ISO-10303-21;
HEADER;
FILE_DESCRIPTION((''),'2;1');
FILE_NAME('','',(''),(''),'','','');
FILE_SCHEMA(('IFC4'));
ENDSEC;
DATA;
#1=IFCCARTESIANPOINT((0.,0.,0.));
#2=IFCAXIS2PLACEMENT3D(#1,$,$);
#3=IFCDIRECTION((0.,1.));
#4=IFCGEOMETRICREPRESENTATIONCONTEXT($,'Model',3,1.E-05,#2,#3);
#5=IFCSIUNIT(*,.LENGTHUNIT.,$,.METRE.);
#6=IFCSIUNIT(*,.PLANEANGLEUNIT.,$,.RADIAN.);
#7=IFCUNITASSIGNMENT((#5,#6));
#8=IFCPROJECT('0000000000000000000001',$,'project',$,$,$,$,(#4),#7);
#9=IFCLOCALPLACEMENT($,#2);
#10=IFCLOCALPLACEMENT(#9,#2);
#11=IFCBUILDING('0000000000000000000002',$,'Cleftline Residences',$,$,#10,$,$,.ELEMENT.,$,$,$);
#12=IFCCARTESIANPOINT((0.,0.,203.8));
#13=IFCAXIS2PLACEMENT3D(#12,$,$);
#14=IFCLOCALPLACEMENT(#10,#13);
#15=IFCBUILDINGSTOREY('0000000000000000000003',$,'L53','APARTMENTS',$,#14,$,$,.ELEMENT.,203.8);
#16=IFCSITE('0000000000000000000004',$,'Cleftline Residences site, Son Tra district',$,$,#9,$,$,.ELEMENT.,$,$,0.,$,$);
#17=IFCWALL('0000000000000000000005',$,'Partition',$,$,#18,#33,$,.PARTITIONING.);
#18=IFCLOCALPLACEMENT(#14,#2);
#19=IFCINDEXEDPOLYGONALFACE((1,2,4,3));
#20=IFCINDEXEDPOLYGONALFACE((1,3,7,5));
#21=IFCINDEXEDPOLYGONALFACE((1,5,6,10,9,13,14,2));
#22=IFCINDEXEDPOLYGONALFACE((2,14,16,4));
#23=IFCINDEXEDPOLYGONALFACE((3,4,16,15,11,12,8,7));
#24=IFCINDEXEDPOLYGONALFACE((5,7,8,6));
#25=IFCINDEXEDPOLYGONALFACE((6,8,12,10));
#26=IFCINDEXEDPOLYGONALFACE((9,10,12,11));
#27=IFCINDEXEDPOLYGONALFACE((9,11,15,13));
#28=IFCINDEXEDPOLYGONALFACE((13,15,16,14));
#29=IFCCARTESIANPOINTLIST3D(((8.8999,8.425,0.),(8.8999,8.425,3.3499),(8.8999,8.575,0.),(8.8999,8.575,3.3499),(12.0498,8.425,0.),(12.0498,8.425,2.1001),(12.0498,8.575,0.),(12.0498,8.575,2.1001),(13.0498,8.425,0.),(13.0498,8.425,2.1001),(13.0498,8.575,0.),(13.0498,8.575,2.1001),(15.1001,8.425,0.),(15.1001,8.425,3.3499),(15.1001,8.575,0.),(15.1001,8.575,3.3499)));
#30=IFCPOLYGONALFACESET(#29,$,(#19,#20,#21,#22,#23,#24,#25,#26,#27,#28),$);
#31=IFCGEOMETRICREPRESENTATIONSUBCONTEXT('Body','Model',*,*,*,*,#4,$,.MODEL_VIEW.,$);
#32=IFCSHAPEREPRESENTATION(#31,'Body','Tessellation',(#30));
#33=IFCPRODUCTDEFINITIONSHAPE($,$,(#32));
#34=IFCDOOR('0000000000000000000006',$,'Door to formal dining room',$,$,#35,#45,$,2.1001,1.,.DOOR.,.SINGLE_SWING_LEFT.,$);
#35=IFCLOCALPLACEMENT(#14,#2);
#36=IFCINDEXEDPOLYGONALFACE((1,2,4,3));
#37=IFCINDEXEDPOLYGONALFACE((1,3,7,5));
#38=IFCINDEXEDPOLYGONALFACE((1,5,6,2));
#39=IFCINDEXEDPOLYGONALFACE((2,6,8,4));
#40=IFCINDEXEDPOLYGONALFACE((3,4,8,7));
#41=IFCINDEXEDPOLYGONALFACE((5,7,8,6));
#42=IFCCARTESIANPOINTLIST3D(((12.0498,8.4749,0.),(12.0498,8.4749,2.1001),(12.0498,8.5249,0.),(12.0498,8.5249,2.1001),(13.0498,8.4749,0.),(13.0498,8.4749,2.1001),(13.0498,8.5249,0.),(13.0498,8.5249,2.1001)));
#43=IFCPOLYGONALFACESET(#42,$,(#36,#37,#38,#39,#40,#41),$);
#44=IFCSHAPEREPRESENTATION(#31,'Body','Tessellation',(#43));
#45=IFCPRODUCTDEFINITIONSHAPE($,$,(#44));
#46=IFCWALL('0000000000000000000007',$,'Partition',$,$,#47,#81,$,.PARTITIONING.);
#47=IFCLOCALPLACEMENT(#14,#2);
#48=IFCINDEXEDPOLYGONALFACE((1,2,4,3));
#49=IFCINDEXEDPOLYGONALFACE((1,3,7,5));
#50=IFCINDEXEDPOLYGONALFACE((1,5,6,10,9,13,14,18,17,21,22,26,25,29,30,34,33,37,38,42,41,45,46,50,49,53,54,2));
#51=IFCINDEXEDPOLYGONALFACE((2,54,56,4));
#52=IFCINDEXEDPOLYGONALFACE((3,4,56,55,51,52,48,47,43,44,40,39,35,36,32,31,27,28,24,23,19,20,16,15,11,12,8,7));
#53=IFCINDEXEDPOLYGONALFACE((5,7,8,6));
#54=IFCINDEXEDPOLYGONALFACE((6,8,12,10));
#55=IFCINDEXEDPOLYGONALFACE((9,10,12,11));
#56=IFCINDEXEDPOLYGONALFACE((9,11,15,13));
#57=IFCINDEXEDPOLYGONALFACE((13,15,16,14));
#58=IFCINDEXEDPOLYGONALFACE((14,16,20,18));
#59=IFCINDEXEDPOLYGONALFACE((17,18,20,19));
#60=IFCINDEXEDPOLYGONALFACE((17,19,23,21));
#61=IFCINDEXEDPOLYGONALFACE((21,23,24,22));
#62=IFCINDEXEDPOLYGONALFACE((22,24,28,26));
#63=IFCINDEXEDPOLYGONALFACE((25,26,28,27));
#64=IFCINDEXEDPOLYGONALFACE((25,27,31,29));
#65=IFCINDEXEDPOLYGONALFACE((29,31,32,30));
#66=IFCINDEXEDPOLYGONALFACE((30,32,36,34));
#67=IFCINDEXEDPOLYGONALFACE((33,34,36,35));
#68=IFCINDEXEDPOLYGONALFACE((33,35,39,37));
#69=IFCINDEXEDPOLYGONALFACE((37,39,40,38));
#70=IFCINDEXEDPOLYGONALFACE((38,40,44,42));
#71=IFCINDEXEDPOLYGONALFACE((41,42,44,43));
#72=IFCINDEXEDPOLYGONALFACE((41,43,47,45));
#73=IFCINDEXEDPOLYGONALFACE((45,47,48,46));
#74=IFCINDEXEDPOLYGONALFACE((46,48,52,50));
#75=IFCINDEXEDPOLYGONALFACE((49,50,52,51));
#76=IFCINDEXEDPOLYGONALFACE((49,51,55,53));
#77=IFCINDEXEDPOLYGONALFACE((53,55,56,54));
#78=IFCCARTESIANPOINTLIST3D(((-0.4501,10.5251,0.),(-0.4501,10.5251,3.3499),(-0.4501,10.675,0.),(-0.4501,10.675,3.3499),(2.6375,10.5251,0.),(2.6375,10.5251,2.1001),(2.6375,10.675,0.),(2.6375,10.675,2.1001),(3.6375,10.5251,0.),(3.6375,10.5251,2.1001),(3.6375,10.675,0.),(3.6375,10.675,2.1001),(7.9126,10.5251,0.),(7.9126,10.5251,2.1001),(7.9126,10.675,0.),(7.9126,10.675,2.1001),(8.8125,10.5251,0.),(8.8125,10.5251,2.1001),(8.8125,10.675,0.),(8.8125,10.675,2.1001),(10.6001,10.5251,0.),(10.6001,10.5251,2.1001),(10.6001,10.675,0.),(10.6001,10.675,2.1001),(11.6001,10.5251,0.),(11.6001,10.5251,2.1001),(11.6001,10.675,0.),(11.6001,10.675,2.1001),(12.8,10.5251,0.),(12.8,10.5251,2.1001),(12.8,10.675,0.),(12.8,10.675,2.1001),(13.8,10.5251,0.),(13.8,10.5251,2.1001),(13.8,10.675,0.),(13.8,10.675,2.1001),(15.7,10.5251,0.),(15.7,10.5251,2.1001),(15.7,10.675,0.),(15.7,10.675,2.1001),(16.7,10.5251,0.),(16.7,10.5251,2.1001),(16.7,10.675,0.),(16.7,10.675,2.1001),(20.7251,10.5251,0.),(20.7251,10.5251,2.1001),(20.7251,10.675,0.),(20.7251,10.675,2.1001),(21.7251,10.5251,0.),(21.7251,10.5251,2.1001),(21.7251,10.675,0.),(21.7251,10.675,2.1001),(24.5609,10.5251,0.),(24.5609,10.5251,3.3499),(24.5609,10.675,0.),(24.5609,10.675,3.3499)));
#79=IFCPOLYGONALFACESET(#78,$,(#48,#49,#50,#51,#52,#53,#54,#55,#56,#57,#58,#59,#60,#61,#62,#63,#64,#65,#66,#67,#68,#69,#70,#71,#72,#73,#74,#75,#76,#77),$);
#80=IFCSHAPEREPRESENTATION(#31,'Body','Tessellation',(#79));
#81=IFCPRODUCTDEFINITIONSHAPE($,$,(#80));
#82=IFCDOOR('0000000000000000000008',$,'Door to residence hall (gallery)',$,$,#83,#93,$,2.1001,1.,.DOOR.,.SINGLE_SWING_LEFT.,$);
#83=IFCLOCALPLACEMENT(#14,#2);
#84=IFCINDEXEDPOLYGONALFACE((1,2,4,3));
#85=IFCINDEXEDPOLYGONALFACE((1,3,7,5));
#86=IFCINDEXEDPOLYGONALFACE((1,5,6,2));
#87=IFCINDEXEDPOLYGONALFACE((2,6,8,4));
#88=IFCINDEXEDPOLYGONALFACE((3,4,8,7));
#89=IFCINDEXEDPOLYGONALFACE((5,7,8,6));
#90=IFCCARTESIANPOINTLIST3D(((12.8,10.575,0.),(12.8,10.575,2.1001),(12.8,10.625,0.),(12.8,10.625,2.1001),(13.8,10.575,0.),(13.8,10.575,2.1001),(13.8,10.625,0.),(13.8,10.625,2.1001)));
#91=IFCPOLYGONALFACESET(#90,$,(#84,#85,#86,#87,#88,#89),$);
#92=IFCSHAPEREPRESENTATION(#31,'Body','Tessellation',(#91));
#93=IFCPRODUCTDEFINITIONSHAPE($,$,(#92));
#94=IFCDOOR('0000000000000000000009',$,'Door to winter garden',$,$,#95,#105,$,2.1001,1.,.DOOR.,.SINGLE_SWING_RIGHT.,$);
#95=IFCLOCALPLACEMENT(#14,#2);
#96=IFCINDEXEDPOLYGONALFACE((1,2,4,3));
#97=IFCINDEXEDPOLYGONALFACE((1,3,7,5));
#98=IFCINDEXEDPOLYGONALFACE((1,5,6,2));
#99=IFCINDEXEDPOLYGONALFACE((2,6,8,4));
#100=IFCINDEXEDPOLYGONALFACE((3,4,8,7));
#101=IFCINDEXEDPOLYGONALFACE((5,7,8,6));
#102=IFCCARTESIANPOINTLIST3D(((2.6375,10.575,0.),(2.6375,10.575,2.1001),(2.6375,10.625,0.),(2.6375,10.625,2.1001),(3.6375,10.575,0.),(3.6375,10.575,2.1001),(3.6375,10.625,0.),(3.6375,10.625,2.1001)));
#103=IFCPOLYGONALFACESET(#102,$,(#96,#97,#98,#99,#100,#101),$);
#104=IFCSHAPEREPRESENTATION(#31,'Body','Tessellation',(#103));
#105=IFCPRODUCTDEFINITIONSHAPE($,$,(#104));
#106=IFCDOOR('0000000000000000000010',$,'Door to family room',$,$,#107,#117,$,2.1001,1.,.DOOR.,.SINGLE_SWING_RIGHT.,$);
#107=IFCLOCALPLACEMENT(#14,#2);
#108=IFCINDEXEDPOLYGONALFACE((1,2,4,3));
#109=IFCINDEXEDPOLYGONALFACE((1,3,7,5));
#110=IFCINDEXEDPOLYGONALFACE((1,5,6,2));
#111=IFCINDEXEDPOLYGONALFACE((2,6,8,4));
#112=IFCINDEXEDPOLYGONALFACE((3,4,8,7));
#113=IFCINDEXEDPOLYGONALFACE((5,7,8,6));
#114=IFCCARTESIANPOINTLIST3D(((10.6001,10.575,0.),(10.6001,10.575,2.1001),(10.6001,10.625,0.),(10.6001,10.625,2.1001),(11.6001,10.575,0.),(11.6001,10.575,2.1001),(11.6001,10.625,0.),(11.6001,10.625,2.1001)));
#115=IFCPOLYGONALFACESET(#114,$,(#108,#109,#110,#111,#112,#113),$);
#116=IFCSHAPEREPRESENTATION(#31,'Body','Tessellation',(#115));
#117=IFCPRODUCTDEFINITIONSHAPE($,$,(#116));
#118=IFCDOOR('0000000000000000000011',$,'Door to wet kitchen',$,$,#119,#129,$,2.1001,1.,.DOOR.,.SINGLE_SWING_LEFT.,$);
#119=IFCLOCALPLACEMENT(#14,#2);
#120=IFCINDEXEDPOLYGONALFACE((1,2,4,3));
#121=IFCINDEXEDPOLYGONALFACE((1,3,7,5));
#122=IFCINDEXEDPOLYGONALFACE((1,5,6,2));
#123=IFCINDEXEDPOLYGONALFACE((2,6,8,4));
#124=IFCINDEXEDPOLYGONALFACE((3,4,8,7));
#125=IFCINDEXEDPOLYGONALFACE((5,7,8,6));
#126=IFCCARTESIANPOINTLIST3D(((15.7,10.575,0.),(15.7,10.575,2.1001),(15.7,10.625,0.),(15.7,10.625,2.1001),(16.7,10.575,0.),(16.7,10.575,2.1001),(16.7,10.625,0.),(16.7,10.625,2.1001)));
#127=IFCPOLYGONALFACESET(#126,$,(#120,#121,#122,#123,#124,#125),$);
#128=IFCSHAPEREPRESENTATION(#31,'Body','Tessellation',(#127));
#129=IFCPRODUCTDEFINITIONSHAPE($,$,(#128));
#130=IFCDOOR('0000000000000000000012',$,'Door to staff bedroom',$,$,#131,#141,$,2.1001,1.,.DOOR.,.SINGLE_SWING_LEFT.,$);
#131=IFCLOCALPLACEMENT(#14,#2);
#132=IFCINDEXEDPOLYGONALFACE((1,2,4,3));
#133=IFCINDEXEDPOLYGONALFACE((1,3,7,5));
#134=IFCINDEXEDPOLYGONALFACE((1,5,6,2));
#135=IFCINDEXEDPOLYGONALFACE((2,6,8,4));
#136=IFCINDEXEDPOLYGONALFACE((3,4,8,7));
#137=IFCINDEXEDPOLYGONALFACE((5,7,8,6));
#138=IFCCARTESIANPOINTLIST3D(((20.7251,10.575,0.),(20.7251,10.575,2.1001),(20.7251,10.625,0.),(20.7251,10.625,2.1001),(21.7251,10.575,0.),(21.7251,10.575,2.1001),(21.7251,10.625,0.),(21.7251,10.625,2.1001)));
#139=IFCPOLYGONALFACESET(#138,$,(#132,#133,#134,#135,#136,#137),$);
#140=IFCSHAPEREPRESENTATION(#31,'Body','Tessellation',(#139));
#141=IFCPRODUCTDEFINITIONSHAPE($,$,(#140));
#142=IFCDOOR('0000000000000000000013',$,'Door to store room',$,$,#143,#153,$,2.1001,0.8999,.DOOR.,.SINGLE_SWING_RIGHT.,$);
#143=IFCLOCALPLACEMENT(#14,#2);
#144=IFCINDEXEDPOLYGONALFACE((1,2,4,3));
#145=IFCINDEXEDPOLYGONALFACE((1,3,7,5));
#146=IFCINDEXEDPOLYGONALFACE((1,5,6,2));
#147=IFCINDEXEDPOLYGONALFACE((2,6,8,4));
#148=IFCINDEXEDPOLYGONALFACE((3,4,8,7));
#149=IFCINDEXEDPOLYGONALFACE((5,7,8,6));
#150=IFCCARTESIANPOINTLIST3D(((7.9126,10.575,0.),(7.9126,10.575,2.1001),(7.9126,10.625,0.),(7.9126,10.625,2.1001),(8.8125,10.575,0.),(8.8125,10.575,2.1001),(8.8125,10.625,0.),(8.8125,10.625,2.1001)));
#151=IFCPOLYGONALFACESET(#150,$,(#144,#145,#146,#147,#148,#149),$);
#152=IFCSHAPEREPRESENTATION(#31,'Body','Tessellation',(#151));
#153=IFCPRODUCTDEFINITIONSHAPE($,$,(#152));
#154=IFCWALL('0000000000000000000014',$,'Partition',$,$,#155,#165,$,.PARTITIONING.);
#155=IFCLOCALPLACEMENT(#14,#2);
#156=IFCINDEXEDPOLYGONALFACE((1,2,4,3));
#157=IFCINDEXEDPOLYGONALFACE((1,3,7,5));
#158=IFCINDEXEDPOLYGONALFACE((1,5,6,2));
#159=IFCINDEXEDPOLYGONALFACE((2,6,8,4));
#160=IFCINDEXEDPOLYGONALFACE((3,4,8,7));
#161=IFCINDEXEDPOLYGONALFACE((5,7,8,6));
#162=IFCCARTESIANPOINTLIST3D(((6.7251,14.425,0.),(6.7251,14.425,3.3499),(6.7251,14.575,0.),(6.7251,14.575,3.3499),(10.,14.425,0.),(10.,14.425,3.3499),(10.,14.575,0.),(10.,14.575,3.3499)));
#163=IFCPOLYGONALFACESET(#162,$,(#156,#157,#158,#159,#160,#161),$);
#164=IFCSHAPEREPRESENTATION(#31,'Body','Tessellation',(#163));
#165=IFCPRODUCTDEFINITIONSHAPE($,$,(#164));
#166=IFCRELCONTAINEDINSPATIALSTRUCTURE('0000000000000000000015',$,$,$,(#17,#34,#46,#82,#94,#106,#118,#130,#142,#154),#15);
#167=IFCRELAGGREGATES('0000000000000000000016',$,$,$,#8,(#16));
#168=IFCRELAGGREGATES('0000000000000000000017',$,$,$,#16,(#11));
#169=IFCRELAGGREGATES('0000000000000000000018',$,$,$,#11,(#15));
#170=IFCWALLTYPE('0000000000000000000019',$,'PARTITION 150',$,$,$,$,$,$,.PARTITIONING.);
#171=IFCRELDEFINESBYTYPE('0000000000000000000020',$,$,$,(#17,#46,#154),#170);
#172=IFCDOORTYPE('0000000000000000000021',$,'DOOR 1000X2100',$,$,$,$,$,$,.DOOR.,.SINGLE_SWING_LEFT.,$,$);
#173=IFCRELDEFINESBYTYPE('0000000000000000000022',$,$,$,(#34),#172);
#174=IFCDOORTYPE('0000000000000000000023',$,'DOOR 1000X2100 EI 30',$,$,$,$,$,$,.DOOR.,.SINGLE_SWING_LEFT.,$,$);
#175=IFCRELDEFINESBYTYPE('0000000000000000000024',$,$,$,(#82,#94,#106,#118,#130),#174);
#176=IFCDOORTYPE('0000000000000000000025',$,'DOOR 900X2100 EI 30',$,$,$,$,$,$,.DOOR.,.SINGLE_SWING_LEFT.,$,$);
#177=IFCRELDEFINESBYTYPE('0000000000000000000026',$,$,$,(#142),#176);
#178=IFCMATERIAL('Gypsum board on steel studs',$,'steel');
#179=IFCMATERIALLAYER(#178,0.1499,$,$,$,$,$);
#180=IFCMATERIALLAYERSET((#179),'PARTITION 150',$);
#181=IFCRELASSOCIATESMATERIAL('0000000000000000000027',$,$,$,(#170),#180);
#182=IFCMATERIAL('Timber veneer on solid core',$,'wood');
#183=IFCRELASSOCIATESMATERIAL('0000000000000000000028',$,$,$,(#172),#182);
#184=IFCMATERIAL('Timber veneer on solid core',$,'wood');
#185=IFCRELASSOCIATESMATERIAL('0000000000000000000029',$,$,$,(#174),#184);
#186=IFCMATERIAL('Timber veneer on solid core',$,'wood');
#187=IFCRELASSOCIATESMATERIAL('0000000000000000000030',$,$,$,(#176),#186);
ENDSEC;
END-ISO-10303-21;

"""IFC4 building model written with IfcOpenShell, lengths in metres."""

from ifc_helpers import new_model, si_unit, direction, frame, frame_2d, origin, place, context, subcontext, project, spatial, rectangle, extrude, material, layer, layer_set, type_object, element, fill, save


model = new_model("IFC4")

# Units and contexts
model_context = context("Model", 3, precision=1e-05, world=origin(), true_north=direction((0.0, 1.0)))
body_context = subcontext(model_context, "Body", "Model", "MODEL_VIEW")
ifc_project = project(units=[si_unit("LENGTHUNIT", "METRE"), si_unit("PLANEANGLEUNIT", "RADIAN")], contexts=[model_context])

# Site, building, storey
site_placement = place(None, origin())
site = spatial("IfcSite", under=ifc_project, at=site_placement, Name="Cleftline Residences site, Son Tra district", CompositionType="ELEMENT", RefElevation=0.0)
building_placement = place(site_placement, origin())
building = spatial("IfcBuilding", under=site, at=building_placement, Name="Cleftline Residences", CompositionType="ELEMENT")
storey_placement = place(building_placement, frame((0.0, 0.0, 203.8)))
storey = spatial("IfcBuildingStorey", under=building, at=storey_placement, Name="L53", Description="APARTMENTS", CompositionType="ELEMENT", Elevation=203.8)

# Wall, opening, door
ifc_material_1 = material(Name="Gypsum board on steel studs", Category="steel")
ifc_layer = layer(ifc_material_1, 0.1499)
ifc_layer_set = layer_set([ifc_layer], Name="PARTITION 150")
wall_type = type_object("IfcWallType", Name="PARTITION 150", PredefinedType="PARTITIONING", material=ifc_layer_set)
wall_1_placement = place(storey_placement, frame((8.8999, 8.5, 0.0), z_axis=(0.0, 0.0, 1.0), x_axis=(1.0, 0.0, 0.0)))
wall_1 = element("IfcWall", 1, at=wall_1_placement, inside=storey, type_object=wall_type, Name="Partition", PredefinedType="PARTITIONING", context=body_context, shape_type="SweptSolid", body=[
    extrude(rectangle(XDim=6.2002, YDim=0.1499, at=frame_2d((3.1001, 0.0))), origin(), (0.0, 0.0, 1.0), 3.3499),
])
opening_1_placement = place(wall_1_placement, frame((3.1499, 0.0, 0.0)))
opening_1 = element("IfcOpeningElement", 2, at=opening_1_placement, cuts=wall_1, PredefinedType="OPENING", context=body_context, shape_type="SweptSolid", body=[
    extrude(rectangle(XDim=1.0, YDim=2.1001, at=frame_2d((0.5, 1.05))), frame((0.0, 0.085, 0.0), z_axis=(0.0, -1.0, 0.0), x_axis=(1.0, 0.0, 0.0)), (0.0, 0.0, 1.0), 0.1699),
])
ifc_material_2 = material(Name="Timber veneer on solid core", Category="wood")
door_type_1 = type_object("IfcDoorType", Name="DOOR 1000X2100", OperationType="SINGLE_SWING_LEFT", PredefinedType="DOOR", material=ifc_material_2)
door_1_placement = place(opening_1_placement, origin())
door_1 = element("IfcDoor", 3, at=door_1_placement, inside=storey, type_object=door_type_1, Name="Door to formal dining room", OperationType="SINGLE_SWING_LEFT", OverallHeight=2.1001, OverallWidth=1.0, PredefinedType="DOOR", context=body_context, shape_type="SweptSolid", body=[
    extrude(rectangle(XDim=1.0, YDim=2.1001, at=frame_2d((0.5, 1.05))), frame((0.0, 0.0249, 0.0), z_axis=(0.0, -1.0, 0.0), x_axis=(1.0, 0.0, 0.0)), (0.0, 0.0, 1.0), 0.05),
])
fill(opening_1, door_1)

# Wall, openings, doors
wall_2_placement = place(storey_placement, frame((-0.45, 10.6001, 0.0), z_axis=(0.0, 0.0, 1.0), x_axis=(1.0, 0.0, 0.0)))
wall_2 = element("IfcWall", 4, at=wall_2_placement, inside=storey, type_object=wall_type, Name="Partition", PredefinedType="PARTITIONING", context=body_context, shape_type="SweptSolid", body=[
    extrude(rectangle(XDim=25.011, YDim=0.1499, at=frame_2d((12.5054, 0.0))), origin(), (0.0, 0.0, 1.0), 3.3499),
])
opening_2_placement = place(wall_2_placement, frame((13.25, 0.0, 0.0)))
opening_2 = element("IfcOpeningElement", 5, at=opening_2_placement, cuts=wall_2, PredefinedType="OPENING", context=body_context, shape_type="SweptSolid", body=[
    extrude(rectangle(XDim=1.0, YDim=2.1001, at=frame_2d((0.5, 1.05))), frame((0.0, 0.085, 0.0), z_axis=(0.0, -1.0, 0.0), x_axis=(1.0, 0.0, 0.0)), (0.0, 0.0, 1.0), 0.1699),
])
opening_3_placement = place(wall_2_placement, frame((3.0874, 0.0, 0.0)))
opening_3 = element("IfcOpeningElement", 6, at=opening_3_placement, cuts=wall_2, PredefinedType="OPENING", context=body_context, shape_type="SweptSolid", body=[
    extrude(rectangle(XDim=1.0, YDim=2.1001, at=frame_2d((0.5, 1.05))), frame((0.0, 0.085, 0.0), z_axis=(0.0, -1.0, 0.0), x_axis=(1.0, 0.0, 0.0)), (0.0, 0.0, 1.0), 0.1699),
])
opening_4_placement = place(wall_2_placement, frame((8.3625, 0.0, 0.0)))
opening_4 = element("IfcOpeningElement", 7, at=opening_4_placement, cuts=wall_2, PredefinedType="OPENING", context=body_context, shape_type="SweptSolid", body=[
    extrude(rectangle(XDim=0.8999, YDim=2.1001, at=frame_2d((0.45, 1.05))), frame((0.0, 0.085, 0.0), z_axis=(0.0, -1.0, 0.0), x_axis=(1.0, 0.0, 0.0)), (0.0, 0.0, 1.0), 0.1699),
])
opening_5_placement = place(wall_2_placement, frame((11.05, 0.0, 0.0)))
opening_5 = element("IfcOpeningElement", 8, at=opening_5_placement, cuts=wall_2, PredefinedType="OPENING", context=body_context, shape_type="SweptSolid", body=[
    extrude(rectangle(XDim=1.0, YDim=2.1001, at=frame_2d((0.5, 1.05))), frame((0.0, 0.085, 0.0), z_axis=(0.0, -1.0, 0.0), x_axis=(1.0, 0.0, 0.0)), (0.0, 0.0, 1.0), 0.1699),
])
opening_6_placement = place(wall_2_placement, frame((16.1499, 0.0, 0.0)))
opening_6 = element("IfcOpeningElement", 9, at=opening_6_placement, cuts=wall_2, PredefinedType="OPENING", context=body_context, shape_type="SweptSolid", body=[
    extrude(rectangle(XDim=1.0, YDim=2.1001, at=frame_2d((0.5, 1.05))), frame((0.0, 0.085, 0.0), z_axis=(0.0, -1.0, 0.0), x_axis=(1.0, 0.0, 0.0)), (0.0, 0.0, 1.0), 0.1699),
])
opening_7_placement = place(wall_2_placement, frame((21.175, 0.0, 0.0)))
opening_7 = element("IfcOpeningElement", 10, at=opening_7_placement, cuts=wall_2, PredefinedType="OPENING", context=body_context, shape_type="SweptSolid", body=[
    extrude(rectangle(XDim=1.0, YDim=2.1001, at=frame_2d((0.5, 1.05))), frame((0.0, 0.085, 0.0), z_axis=(0.0, -1.0, 0.0), x_axis=(1.0, 0.0, 0.0)), (0.0, 0.0, 1.0), 0.1699),
])
ifc_material_3 = material(Name="Timber veneer on solid core", Category="wood")
door_type_2 = type_object("IfcDoorType", Name="DOOR 1000X2100 EI 30", OperationType="SINGLE_SWING_LEFT", PredefinedType="DOOR", material=ifc_material_3)
door_2_placement = place(opening_2_placement, origin())
door_2 = element("IfcDoor", 11, at=door_2_placement, inside=storey, type_object=door_type_2, Name="Door to residence hall (gallery)", OperationType="SINGLE_SWING_LEFT", OverallHeight=2.1001, OverallWidth=1.0, PredefinedType="DOOR", context=body_context, shape_type="SweptSolid", body=[
    extrude(rectangle(XDim=1.0, YDim=2.1001, at=frame_2d((0.5, 1.05))), frame((0.0, 0.0249, 0.0), z_axis=(0.0, -1.0, 0.0), x_axis=(1.0, 0.0, 0.0)), (0.0, 0.0, 1.0), 0.05),
])
fill(opening_2, door_2)
door_3_placement = place(opening_3_placement, origin())
door_3 = element("IfcDoor", 12, at=door_3_placement, inside=storey, type_object=door_type_2, Name="Door to winter garden", OperationType="SINGLE_SWING_RIGHT", OverallHeight=2.1001, OverallWidth=1.0, PredefinedType="DOOR", context=body_context, shape_type="SweptSolid", body=[
    extrude(rectangle(XDim=1.0, YDim=2.1001, at=frame_2d((0.5, 1.05))), frame((0.0, 0.0249, 0.0), z_axis=(0.0, -1.0, 0.0), x_axis=(1.0, 0.0, 0.0)), (0.0, 0.0, 1.0), 0.05),
])
fill(opening_3, door_3)
door_4_placement = place(opening_5_placement, origin())
door_4 = element("IfcDoor", 13, at=door_4_placement, inside=storey, type_object=door_type_2, Name="Door to family room", OperationType="SINGLE_SWING_RIGHT", OverallHeight=2.1001, OverallWidth=1.0, PredefinedType="DOOR", context=body_context, shape_type="SweptSolid", body=[
    extrude(rectangle(XDim=1.0, YDim=2.1001, at=frame_2d((0.5, 1.05))), frame((0.0, 0.0249, 0.0), z_axis=(0.0, -1.0, 0.0), x_axis=(1.0, 0.0, 0.0)), (0.0, 0.0, 1.0), 0.05),
])
fill(opening_5, door_4)
door_5_placement = place(opening_6_placement, origin())
door_5 = element("IfcDoor", 14, at=door_5_placement, inside=storey, type_object=door_type_2, Name="Door to wet kitchen", OperationType="SINGLE_SWING_LEFT", OverallHeight=2.1001, OverallWidth=1.0, PredefinedType="DOOR", context=body_context, shape_type="SweptSolid", body=[
    extrude(rectangle(XDim=1.0, YDim=2.1001, at=frame_2d((0.5, 1.05))), frame((0.0, 0.0249, 0.0), z_axis=(0.0, -1.0, 0.0), x_axis=(1.0, 0.0, 0.0)), (0.0, 0.0, 1.0), 0.05),
])
fill(opening_6, door_5)
door_6_placement = place(opening_7_placement, origin())
door_6 = element("IfcDoor", 15, at=door_6_placement, inside=storey, type_object=door_type_2, Name="Door to staff bedroom", OperationType="SINGLE_SWING_LEFT", OverallHeight=2.1001, OverallWidth=1.0, PredefinedType="DOOR", context=body_context, shape_type="SweptSolid", body=[
    extrude(rectangle(XDim=1.0, YDim=2.1001, at=frame_2d((0.5, 1.05))), frame((0.0, 0.0249, 0.0), z_axis=(0.0, -1.0, 0.0), x_axis=(1.0, 0.0, 0.0)), (0.0, 0.0, 1.0), 0.05),
])
fill(opening_7, door_6)
ifc_material_4 = material(Name="Timber veneer on solid core", Category="wood")
door_type_3 = type_object("IfcDoorType", Name="DOOR 900X2100 EI 30", OperationType="SINGLE_SWING_LEFT", PredefinedType="DOOR", material=ifc_material_4)
door_7_placement = place(opening_4_placement, origin())
door_7 = element("IfcDoor", 16, at=door_7_placement, inside=storey, type_object=door_type_3, Name="Door to store room", OperationType="SINGLE_SWING_RIGHT", OverallHeight=2.1001, OverallWidth=0.8999, PredefinedType="DOOR", context=body_context, shape_type="SweptSolid", body=[
    extrude(rectangle(XDim=0.8999, YDim=2.1001, at=frame_2d((0.45, 1.05))), frame((0.0, 0.0249, 0.0), z_axis=(0.0, -1.0, 0.0), x_axis=(1.0, 0.0, 0.0)), (0.0, 0.0, 1.0), 0.05),
])
fill(opening_4, door_7)

# Wall
wall_3_placement = place(storey_placement, frame((6.7251, 14.5, 0.0), z_axis=(0.0, 0.0, 1.0), x_axis=(1.0, 0.0, 0.0)))
element("IfcWall", 17, at=wall_3_placement, inside=storey, type_object=wall_type, Name="Partition", PredefinedType="PARTITIONING", context=body_context, shape_type="SweptSolid", body=[
    extrude(rectangle(XDim=3.2749, YDim=0.1499, at=frame_2d((1.6375, 0.0))), origin(), (0.0, 0.0, 1.0), 3.3499),
])

save(model, "model.ifc")
